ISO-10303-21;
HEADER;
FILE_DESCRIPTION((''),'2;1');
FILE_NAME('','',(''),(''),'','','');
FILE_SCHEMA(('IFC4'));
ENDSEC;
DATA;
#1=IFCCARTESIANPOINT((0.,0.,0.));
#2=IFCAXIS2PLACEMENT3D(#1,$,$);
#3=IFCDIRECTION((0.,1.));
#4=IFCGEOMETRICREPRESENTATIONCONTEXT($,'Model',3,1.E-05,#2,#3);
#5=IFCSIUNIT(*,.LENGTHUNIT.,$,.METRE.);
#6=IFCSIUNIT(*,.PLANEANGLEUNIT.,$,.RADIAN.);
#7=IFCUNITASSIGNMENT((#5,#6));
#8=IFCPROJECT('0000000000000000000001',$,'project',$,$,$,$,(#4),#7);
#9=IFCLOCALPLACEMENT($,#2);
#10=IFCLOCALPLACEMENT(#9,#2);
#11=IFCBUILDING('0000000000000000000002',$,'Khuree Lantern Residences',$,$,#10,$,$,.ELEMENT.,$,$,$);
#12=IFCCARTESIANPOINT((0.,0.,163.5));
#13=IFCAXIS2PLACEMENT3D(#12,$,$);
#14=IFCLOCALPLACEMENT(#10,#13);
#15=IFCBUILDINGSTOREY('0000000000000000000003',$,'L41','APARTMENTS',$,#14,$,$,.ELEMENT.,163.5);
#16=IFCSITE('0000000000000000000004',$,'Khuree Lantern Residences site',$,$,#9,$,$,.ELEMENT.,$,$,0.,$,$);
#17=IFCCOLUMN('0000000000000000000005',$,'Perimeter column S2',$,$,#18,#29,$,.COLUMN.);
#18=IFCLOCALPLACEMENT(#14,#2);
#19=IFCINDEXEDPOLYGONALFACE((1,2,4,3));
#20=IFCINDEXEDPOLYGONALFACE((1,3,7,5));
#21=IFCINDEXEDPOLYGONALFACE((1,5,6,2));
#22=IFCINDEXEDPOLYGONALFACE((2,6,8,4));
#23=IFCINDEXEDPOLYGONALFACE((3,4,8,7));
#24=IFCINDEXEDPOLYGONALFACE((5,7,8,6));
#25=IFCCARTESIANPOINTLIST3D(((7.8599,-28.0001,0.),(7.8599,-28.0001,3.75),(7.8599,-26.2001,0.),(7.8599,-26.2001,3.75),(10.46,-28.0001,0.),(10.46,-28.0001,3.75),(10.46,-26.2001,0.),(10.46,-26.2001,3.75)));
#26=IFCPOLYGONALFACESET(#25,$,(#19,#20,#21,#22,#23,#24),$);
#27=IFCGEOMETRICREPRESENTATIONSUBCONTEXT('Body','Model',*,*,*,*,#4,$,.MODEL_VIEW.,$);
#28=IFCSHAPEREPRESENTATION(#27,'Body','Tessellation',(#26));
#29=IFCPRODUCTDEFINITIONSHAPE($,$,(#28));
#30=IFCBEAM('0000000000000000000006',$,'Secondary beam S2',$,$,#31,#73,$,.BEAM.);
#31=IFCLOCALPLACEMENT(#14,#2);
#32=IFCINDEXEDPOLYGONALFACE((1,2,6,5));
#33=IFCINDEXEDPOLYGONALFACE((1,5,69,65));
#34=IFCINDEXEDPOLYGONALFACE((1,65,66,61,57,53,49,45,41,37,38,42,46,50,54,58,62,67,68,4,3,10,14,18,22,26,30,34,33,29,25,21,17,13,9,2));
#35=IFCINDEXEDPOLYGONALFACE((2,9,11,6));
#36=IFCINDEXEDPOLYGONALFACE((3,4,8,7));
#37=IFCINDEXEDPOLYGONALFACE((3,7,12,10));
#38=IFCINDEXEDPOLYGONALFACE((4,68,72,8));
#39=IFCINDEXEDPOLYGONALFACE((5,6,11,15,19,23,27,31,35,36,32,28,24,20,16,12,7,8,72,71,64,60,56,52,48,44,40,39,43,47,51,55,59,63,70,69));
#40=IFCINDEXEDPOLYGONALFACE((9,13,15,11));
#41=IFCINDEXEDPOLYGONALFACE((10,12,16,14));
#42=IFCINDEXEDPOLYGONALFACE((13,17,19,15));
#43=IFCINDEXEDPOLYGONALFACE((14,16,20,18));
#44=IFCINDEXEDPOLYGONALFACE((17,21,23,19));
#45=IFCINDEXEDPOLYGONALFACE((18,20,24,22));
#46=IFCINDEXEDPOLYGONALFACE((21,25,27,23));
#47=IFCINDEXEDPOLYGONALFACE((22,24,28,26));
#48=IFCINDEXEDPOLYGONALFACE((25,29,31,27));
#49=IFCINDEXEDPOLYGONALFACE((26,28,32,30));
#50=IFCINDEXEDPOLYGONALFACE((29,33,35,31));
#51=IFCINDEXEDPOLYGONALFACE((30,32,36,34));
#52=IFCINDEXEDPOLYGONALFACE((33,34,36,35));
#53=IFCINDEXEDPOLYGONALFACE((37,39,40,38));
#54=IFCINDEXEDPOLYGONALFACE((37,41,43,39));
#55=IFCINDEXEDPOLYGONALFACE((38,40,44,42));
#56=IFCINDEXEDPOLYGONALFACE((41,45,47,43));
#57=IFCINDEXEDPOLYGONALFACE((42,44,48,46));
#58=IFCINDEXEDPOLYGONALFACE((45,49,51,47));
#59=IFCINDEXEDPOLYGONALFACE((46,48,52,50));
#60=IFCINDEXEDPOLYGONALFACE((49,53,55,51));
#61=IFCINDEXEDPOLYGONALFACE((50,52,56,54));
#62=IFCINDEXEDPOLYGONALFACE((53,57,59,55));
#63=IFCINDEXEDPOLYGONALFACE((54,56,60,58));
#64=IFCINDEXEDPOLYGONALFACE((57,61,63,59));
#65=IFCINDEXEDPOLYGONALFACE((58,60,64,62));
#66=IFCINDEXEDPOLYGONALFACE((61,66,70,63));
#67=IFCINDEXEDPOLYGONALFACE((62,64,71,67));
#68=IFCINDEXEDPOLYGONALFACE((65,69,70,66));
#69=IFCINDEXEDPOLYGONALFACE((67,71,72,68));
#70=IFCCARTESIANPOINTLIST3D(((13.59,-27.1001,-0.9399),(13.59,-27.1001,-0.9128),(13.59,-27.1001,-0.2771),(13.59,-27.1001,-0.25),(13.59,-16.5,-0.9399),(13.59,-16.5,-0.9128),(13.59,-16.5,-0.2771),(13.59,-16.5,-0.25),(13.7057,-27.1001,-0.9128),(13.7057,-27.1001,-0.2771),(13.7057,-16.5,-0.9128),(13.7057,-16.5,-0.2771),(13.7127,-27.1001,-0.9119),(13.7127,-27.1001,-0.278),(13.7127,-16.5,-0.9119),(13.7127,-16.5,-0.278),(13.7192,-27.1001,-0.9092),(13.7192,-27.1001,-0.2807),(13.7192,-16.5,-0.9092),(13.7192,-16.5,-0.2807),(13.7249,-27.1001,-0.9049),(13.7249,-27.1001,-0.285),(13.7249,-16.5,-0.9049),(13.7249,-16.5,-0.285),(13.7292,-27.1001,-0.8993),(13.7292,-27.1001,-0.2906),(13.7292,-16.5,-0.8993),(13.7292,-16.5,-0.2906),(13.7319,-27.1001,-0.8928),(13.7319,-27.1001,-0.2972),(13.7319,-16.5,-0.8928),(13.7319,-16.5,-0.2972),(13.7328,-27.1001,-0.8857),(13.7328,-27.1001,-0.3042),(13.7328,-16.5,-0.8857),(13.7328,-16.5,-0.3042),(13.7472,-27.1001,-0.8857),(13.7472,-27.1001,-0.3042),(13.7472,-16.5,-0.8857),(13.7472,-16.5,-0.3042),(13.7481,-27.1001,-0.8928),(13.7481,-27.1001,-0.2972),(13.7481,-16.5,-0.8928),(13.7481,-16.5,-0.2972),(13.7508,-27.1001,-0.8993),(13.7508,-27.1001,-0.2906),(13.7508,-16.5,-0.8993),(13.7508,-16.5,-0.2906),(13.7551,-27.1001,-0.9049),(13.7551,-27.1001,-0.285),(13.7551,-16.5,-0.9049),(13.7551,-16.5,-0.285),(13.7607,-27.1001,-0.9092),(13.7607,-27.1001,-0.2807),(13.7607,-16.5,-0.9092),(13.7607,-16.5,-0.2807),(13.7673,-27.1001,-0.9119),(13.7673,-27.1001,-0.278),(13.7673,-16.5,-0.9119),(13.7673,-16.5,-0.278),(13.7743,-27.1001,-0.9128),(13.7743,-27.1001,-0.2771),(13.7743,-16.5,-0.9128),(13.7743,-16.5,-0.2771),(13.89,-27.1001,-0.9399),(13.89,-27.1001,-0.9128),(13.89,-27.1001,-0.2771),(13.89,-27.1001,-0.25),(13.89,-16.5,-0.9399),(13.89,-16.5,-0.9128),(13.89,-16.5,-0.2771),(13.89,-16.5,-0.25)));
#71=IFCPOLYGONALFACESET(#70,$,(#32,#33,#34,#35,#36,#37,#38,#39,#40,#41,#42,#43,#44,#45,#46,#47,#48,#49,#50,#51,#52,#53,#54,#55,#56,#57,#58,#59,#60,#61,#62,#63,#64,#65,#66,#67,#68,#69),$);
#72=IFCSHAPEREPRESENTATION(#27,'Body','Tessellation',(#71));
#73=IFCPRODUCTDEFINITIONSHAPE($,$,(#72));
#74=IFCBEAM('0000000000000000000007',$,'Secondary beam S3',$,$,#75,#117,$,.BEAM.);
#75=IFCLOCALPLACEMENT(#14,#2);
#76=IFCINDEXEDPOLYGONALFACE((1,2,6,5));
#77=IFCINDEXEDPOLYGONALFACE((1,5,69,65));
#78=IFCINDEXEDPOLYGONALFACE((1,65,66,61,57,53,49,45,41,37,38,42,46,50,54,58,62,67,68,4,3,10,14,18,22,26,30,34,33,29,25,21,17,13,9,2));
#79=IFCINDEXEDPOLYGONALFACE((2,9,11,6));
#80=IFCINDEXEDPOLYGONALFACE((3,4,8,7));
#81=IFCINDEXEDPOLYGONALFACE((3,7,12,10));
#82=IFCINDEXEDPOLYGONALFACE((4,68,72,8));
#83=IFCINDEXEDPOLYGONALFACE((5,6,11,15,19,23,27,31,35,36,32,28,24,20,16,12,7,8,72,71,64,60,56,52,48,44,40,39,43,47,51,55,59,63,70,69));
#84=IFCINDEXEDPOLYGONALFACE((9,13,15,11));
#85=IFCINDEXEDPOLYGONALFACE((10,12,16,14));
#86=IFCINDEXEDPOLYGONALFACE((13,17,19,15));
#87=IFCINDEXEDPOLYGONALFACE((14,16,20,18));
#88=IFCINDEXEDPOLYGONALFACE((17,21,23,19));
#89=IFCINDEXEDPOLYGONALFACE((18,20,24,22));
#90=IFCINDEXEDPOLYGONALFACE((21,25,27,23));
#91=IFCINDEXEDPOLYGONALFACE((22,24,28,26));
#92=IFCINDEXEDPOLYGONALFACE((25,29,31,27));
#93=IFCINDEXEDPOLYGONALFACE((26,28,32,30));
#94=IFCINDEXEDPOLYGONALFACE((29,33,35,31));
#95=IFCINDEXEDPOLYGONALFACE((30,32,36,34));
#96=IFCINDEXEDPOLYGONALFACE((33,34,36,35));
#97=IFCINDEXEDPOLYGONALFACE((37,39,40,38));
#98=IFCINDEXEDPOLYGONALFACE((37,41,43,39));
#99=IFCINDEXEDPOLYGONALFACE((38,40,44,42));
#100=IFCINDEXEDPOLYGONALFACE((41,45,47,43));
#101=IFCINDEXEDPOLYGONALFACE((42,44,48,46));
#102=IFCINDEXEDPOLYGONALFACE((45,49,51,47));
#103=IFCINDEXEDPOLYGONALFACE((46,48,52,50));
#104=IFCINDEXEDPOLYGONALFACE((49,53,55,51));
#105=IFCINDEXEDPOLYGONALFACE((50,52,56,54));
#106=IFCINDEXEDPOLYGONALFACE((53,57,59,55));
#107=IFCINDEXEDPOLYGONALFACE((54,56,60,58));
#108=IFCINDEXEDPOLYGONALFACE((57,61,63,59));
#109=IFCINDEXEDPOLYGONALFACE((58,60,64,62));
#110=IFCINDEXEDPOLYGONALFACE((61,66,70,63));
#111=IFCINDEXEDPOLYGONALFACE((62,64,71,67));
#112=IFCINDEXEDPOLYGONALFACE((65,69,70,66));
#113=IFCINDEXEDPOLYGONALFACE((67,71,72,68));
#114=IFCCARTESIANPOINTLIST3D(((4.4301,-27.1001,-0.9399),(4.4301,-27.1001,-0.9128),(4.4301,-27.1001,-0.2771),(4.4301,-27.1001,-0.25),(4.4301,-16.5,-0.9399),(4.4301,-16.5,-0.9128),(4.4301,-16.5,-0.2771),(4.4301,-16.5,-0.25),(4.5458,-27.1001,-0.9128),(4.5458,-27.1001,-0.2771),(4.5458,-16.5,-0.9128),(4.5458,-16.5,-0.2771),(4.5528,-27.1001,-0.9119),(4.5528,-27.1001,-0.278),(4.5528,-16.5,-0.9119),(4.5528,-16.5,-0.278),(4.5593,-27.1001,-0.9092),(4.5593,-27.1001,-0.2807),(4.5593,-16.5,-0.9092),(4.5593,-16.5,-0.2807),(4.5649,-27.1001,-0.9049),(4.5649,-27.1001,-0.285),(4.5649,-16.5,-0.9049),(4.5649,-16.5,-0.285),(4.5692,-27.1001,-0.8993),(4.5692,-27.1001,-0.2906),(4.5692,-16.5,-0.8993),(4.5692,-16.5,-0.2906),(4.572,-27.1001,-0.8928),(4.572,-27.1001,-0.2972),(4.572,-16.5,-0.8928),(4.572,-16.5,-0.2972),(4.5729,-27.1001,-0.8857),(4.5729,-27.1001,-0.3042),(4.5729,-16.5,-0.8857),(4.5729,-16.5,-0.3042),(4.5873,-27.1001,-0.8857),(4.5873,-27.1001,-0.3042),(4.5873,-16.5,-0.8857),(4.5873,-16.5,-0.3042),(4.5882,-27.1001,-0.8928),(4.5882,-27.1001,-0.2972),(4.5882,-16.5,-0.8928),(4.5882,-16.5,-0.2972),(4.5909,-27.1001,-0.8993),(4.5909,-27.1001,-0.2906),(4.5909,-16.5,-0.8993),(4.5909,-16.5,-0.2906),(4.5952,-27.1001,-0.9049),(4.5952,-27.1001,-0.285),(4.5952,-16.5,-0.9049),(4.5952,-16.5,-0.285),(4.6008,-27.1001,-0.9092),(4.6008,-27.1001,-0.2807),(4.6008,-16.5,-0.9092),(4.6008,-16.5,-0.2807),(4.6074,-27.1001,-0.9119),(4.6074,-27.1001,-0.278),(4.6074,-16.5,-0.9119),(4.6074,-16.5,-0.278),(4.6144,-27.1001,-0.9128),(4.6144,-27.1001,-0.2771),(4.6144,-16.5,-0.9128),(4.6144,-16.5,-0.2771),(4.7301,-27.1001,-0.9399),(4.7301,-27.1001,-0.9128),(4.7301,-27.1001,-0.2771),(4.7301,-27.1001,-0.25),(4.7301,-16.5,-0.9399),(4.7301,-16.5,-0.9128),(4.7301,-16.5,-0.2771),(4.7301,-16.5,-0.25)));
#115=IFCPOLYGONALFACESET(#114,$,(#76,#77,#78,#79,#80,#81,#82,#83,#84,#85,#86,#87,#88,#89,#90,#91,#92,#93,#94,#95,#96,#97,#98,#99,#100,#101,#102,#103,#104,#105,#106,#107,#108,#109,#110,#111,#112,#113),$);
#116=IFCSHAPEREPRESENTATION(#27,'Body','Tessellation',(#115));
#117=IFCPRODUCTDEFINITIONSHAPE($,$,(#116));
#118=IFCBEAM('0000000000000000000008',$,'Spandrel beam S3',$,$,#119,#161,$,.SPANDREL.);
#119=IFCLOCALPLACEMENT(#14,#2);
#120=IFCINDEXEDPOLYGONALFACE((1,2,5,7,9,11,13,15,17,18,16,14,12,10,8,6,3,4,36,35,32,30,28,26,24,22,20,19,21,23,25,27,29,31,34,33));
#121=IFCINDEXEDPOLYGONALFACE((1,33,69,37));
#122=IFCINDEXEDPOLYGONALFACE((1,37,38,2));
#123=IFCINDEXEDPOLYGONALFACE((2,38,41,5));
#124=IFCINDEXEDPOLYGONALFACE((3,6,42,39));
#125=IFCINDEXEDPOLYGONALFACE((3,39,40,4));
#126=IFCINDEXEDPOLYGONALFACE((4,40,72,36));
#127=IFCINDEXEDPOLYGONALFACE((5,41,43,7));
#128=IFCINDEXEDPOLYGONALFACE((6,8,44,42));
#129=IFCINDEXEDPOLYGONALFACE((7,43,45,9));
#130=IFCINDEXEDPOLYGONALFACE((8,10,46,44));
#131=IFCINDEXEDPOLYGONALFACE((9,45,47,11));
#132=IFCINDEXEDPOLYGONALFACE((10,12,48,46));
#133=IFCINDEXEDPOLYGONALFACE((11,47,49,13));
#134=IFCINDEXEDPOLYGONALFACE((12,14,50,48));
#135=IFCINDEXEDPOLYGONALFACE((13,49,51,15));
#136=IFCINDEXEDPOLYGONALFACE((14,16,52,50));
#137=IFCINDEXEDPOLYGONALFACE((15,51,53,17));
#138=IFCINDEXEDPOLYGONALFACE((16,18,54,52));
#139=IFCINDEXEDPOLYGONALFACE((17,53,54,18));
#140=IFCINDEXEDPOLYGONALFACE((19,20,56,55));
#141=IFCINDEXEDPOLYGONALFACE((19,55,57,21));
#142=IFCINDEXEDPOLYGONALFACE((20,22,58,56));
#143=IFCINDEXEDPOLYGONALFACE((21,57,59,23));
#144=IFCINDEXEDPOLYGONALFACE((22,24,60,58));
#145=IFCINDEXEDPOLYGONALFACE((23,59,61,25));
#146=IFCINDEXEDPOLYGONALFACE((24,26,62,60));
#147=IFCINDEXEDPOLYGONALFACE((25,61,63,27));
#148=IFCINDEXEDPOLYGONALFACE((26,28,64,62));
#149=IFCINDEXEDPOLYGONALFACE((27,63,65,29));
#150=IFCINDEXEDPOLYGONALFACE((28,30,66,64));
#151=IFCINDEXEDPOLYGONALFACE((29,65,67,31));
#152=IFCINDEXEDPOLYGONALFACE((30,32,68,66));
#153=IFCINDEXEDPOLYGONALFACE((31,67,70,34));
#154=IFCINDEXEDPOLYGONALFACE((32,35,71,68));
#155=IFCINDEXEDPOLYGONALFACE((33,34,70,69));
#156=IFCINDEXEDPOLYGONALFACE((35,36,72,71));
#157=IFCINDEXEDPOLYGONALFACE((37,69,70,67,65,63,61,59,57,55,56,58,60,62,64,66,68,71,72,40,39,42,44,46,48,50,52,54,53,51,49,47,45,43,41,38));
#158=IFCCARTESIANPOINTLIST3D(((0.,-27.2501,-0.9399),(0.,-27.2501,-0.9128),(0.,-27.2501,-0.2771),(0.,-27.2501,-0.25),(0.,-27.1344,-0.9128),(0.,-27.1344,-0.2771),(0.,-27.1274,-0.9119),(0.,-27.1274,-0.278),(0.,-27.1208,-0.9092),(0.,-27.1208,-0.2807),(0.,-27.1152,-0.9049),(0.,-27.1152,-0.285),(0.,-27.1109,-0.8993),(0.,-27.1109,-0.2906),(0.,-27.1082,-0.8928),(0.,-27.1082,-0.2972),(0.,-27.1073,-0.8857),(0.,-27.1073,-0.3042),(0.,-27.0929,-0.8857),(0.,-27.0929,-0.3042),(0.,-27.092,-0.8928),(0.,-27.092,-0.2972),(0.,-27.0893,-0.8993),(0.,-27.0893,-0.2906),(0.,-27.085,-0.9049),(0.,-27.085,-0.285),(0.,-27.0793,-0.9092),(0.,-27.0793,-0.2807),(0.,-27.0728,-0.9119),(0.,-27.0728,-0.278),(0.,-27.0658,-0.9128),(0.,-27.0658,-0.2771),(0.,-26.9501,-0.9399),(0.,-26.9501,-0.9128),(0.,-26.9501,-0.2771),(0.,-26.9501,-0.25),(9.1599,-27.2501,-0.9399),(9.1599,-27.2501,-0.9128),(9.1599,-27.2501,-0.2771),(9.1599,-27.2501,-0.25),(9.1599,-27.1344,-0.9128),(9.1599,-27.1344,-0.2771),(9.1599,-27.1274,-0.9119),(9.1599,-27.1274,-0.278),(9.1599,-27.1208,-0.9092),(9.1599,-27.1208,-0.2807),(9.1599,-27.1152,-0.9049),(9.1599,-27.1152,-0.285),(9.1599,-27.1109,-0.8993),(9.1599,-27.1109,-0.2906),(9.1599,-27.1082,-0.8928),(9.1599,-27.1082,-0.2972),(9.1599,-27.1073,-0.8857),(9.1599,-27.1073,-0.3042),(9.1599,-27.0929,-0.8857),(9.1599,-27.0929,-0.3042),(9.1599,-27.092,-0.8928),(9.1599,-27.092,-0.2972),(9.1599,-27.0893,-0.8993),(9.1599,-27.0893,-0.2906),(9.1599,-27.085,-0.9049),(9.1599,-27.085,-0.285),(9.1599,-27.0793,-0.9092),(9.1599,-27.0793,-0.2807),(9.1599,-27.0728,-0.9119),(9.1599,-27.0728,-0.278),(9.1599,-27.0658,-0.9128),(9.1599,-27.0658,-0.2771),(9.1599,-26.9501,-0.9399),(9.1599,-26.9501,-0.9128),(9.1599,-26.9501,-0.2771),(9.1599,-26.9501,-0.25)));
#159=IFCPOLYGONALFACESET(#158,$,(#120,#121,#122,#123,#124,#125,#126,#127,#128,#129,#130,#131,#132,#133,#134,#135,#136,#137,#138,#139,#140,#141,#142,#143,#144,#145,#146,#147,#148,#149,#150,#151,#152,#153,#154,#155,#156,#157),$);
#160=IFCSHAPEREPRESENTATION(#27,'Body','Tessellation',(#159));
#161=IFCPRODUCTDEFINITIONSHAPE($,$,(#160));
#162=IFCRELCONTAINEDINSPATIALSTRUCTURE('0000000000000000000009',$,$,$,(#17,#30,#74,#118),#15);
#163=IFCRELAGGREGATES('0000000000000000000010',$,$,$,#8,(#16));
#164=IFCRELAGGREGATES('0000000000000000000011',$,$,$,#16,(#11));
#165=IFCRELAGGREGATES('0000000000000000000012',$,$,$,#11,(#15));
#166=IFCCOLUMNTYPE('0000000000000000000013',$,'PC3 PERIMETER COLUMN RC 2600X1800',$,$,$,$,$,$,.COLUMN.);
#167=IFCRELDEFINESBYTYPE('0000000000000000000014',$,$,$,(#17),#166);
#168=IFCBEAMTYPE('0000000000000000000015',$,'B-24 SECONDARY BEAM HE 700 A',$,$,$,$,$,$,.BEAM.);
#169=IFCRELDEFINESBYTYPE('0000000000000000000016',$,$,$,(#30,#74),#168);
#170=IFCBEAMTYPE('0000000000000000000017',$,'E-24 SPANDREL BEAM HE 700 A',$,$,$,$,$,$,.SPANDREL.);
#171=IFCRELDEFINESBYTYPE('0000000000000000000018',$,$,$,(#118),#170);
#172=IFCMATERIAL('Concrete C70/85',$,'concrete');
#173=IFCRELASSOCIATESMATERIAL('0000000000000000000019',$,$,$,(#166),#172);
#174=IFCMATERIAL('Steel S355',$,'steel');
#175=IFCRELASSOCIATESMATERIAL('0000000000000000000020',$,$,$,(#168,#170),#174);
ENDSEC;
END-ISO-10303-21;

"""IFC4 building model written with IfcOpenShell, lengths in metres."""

from ifc_helpers import new_model, si_unit, direction, frame, origin, origin_2d, place, context, subcontext, project, spatial, rectangle, i_section, extrude, material, material_profile, profile_set, type_object, element, save


model = new_model("IFC4")

# Units and contexts
model_context = context("Model", 3, precision=1e-05, world=origin(), true_north=direction((0.0, 1.0)))
body_context = subcontext(model_context, "Body", "Model", "MODEL_VIEW")
ifc_project = project(units=[si_unit("LENGTHUNIT", "METRE"), si_unit("PLANEANGLEUNIT", "RADIAN")], contexts=[model_context])

# Site, building, storey
site_placement = place(None, origin())
site = spatial("IfcSite", under=ifc_project, at=site_placement, Name="Khuree Lantern Residences site", CompositionType="ELEMENT", RefElevation=0.0)
building_placement = place(site_placement, origin())
building = spatial("IfcBuilding", under=site, at=building_placement, Name="Khuree Lantern Residences", CompositionType="ELEMENT")
storey_placement = place(building_placement, frame((0.0, 0.0, 163.5)))
storey = spatial("IfcBuildingStorey", under=building, at=storey_placement, Name="L41", Description="APARTMENTS", CompositionType="ELEMENT", Elevation=163.5)

# Column
ifc_material_1 = material(Name="Concrete C70/85", Category="concrete")
ifc_material_profile_1 = material_profile(ifc_material_1, rectangle(XDim=2.6001, YDim=1.8, at=origin_2d()), Name="RC 2600X1800")
ifc_profile_set_1 = profile_set([ifc_material_profile_1], Name="Concrete C70/85")
column_type = type_object("IfcColumnType", Name="PC3 PERIMETER COLUMN RC 2600X1800", PredefinedType="COLUMN", material=ifc_profile_set_1)
column_placement = place(storey_placement, frame((9.1599, -27.1001, 0.0), z_axis=(0.0, 0.0, 1.0), x_axis=(1.0, 0.0, 0.0)))
element("IfcColumn", 1, at=column_placement, inside=storey, type_object=column_type, Name="Perimeter column S2", PredefinedType="COLUMN", context=body_context, shape_type="SweptSolid", body=[
    extrude(rectangle(XDim=2.6001, YDim=1.8, at=origin_2d()), origin(), (0.0, 0.0, 1.0), 3.75),
])

# Beams
ifc_material_2 = material(Name="Steel S355", Category="steel")
ifc_material_profile_2 = material_profile(ifc_material_2, i_section(OverallWidth=0.3, OverallDepth=0.6899, WebThickness=0.0144, FlangeThickness=0.0271, FilletRadius=0.0271, at=origin_2d()), Name="HE 700 A")
ifc_profile_set_2 = profile_set([ifc_material_profile_2], Name="Steel S355")
beam_type_1 = type_object("IfcBeamType", Name="B-24 SECONDARY BEAM HE 700 A", PredefinedType="BEAM", material=ifc_profile_set_2)
for number, where, z_axis, x_axis, name in (
    (2, (13.74, -27.1001, -0.595), (0.0, 1.0, 0.0), (-1.0, 0.0, 0.0), "Secondary beam S2"),
    (3, (4.5801, -27.1001, -0.595), (0.0, 1.0, 0.0), (-1.0, 0.0, 0.0), "Secondary beam S3"),
):
    element("IfcBeam", number, at=place(storey_placement, frame(where, z_axis=z_axis, x_axis=x_axis)), inside=storey, type_object=beam_type_1, Name=name, PredefinedType="BEAM", context=body_context, shape_type="SweptSolid", body=[
        extrude(i_section(OverallWidth=0.3, OverallDepth=0.6899, WebThickness=0.0144, FlangeThickness=0.0271, FilletRadius=0.0271, at=origin_2d()), origin(), (0.0, 0.0, 1.0), 10.6001),
    ])
ifc_material_profile_3 = material_profile(ifc_material_2, i_section(OverallWidth=0.3, OverallDepth=0.6899, WebThickness=0.0144, FlangeThickness=0.0271, FilletRadius=0.0271, at=origin_2d()), Name="HE 700 A")
ifc_profile_set_3 = profile_set([ifc_material_profile_3], Name="Steel S355")
beam_type_2 = type_object("IfcBeamType", Name="E-24 SPANDREL BEAM HE 700 A", PredefinedType="SPANDREL", material=ifc_profile_set_3)
for number, where, z_axis, x_axis, name in (
    (4, (9.1599, -27.1001, -0.595), (-1.0, 0.0, 0.0), (0.0, -1.0, 0.0), "Spandrel beam S3"),
):
    element("IfcBeam", number, at=place(storey_placement, frame(where, z_axis=z_axis, x_axis=x_axis)), inside=storey, type_object=beam_type_2, Name=name, PredefinedType="SPANDREL", context=body_context, shape_type="SweptSolid", body=[
        extrude(i_section(OverallWidth=0.3, OverallDepth=0.6899, WebThickness=0.0144, FlangeThickness=0.0271, FilletRadius=0.0271, at=origin_2d()), origin(), (0.0, 0.0, 1.0), 9.1599),
    ])

save(model, "model.ifc")
